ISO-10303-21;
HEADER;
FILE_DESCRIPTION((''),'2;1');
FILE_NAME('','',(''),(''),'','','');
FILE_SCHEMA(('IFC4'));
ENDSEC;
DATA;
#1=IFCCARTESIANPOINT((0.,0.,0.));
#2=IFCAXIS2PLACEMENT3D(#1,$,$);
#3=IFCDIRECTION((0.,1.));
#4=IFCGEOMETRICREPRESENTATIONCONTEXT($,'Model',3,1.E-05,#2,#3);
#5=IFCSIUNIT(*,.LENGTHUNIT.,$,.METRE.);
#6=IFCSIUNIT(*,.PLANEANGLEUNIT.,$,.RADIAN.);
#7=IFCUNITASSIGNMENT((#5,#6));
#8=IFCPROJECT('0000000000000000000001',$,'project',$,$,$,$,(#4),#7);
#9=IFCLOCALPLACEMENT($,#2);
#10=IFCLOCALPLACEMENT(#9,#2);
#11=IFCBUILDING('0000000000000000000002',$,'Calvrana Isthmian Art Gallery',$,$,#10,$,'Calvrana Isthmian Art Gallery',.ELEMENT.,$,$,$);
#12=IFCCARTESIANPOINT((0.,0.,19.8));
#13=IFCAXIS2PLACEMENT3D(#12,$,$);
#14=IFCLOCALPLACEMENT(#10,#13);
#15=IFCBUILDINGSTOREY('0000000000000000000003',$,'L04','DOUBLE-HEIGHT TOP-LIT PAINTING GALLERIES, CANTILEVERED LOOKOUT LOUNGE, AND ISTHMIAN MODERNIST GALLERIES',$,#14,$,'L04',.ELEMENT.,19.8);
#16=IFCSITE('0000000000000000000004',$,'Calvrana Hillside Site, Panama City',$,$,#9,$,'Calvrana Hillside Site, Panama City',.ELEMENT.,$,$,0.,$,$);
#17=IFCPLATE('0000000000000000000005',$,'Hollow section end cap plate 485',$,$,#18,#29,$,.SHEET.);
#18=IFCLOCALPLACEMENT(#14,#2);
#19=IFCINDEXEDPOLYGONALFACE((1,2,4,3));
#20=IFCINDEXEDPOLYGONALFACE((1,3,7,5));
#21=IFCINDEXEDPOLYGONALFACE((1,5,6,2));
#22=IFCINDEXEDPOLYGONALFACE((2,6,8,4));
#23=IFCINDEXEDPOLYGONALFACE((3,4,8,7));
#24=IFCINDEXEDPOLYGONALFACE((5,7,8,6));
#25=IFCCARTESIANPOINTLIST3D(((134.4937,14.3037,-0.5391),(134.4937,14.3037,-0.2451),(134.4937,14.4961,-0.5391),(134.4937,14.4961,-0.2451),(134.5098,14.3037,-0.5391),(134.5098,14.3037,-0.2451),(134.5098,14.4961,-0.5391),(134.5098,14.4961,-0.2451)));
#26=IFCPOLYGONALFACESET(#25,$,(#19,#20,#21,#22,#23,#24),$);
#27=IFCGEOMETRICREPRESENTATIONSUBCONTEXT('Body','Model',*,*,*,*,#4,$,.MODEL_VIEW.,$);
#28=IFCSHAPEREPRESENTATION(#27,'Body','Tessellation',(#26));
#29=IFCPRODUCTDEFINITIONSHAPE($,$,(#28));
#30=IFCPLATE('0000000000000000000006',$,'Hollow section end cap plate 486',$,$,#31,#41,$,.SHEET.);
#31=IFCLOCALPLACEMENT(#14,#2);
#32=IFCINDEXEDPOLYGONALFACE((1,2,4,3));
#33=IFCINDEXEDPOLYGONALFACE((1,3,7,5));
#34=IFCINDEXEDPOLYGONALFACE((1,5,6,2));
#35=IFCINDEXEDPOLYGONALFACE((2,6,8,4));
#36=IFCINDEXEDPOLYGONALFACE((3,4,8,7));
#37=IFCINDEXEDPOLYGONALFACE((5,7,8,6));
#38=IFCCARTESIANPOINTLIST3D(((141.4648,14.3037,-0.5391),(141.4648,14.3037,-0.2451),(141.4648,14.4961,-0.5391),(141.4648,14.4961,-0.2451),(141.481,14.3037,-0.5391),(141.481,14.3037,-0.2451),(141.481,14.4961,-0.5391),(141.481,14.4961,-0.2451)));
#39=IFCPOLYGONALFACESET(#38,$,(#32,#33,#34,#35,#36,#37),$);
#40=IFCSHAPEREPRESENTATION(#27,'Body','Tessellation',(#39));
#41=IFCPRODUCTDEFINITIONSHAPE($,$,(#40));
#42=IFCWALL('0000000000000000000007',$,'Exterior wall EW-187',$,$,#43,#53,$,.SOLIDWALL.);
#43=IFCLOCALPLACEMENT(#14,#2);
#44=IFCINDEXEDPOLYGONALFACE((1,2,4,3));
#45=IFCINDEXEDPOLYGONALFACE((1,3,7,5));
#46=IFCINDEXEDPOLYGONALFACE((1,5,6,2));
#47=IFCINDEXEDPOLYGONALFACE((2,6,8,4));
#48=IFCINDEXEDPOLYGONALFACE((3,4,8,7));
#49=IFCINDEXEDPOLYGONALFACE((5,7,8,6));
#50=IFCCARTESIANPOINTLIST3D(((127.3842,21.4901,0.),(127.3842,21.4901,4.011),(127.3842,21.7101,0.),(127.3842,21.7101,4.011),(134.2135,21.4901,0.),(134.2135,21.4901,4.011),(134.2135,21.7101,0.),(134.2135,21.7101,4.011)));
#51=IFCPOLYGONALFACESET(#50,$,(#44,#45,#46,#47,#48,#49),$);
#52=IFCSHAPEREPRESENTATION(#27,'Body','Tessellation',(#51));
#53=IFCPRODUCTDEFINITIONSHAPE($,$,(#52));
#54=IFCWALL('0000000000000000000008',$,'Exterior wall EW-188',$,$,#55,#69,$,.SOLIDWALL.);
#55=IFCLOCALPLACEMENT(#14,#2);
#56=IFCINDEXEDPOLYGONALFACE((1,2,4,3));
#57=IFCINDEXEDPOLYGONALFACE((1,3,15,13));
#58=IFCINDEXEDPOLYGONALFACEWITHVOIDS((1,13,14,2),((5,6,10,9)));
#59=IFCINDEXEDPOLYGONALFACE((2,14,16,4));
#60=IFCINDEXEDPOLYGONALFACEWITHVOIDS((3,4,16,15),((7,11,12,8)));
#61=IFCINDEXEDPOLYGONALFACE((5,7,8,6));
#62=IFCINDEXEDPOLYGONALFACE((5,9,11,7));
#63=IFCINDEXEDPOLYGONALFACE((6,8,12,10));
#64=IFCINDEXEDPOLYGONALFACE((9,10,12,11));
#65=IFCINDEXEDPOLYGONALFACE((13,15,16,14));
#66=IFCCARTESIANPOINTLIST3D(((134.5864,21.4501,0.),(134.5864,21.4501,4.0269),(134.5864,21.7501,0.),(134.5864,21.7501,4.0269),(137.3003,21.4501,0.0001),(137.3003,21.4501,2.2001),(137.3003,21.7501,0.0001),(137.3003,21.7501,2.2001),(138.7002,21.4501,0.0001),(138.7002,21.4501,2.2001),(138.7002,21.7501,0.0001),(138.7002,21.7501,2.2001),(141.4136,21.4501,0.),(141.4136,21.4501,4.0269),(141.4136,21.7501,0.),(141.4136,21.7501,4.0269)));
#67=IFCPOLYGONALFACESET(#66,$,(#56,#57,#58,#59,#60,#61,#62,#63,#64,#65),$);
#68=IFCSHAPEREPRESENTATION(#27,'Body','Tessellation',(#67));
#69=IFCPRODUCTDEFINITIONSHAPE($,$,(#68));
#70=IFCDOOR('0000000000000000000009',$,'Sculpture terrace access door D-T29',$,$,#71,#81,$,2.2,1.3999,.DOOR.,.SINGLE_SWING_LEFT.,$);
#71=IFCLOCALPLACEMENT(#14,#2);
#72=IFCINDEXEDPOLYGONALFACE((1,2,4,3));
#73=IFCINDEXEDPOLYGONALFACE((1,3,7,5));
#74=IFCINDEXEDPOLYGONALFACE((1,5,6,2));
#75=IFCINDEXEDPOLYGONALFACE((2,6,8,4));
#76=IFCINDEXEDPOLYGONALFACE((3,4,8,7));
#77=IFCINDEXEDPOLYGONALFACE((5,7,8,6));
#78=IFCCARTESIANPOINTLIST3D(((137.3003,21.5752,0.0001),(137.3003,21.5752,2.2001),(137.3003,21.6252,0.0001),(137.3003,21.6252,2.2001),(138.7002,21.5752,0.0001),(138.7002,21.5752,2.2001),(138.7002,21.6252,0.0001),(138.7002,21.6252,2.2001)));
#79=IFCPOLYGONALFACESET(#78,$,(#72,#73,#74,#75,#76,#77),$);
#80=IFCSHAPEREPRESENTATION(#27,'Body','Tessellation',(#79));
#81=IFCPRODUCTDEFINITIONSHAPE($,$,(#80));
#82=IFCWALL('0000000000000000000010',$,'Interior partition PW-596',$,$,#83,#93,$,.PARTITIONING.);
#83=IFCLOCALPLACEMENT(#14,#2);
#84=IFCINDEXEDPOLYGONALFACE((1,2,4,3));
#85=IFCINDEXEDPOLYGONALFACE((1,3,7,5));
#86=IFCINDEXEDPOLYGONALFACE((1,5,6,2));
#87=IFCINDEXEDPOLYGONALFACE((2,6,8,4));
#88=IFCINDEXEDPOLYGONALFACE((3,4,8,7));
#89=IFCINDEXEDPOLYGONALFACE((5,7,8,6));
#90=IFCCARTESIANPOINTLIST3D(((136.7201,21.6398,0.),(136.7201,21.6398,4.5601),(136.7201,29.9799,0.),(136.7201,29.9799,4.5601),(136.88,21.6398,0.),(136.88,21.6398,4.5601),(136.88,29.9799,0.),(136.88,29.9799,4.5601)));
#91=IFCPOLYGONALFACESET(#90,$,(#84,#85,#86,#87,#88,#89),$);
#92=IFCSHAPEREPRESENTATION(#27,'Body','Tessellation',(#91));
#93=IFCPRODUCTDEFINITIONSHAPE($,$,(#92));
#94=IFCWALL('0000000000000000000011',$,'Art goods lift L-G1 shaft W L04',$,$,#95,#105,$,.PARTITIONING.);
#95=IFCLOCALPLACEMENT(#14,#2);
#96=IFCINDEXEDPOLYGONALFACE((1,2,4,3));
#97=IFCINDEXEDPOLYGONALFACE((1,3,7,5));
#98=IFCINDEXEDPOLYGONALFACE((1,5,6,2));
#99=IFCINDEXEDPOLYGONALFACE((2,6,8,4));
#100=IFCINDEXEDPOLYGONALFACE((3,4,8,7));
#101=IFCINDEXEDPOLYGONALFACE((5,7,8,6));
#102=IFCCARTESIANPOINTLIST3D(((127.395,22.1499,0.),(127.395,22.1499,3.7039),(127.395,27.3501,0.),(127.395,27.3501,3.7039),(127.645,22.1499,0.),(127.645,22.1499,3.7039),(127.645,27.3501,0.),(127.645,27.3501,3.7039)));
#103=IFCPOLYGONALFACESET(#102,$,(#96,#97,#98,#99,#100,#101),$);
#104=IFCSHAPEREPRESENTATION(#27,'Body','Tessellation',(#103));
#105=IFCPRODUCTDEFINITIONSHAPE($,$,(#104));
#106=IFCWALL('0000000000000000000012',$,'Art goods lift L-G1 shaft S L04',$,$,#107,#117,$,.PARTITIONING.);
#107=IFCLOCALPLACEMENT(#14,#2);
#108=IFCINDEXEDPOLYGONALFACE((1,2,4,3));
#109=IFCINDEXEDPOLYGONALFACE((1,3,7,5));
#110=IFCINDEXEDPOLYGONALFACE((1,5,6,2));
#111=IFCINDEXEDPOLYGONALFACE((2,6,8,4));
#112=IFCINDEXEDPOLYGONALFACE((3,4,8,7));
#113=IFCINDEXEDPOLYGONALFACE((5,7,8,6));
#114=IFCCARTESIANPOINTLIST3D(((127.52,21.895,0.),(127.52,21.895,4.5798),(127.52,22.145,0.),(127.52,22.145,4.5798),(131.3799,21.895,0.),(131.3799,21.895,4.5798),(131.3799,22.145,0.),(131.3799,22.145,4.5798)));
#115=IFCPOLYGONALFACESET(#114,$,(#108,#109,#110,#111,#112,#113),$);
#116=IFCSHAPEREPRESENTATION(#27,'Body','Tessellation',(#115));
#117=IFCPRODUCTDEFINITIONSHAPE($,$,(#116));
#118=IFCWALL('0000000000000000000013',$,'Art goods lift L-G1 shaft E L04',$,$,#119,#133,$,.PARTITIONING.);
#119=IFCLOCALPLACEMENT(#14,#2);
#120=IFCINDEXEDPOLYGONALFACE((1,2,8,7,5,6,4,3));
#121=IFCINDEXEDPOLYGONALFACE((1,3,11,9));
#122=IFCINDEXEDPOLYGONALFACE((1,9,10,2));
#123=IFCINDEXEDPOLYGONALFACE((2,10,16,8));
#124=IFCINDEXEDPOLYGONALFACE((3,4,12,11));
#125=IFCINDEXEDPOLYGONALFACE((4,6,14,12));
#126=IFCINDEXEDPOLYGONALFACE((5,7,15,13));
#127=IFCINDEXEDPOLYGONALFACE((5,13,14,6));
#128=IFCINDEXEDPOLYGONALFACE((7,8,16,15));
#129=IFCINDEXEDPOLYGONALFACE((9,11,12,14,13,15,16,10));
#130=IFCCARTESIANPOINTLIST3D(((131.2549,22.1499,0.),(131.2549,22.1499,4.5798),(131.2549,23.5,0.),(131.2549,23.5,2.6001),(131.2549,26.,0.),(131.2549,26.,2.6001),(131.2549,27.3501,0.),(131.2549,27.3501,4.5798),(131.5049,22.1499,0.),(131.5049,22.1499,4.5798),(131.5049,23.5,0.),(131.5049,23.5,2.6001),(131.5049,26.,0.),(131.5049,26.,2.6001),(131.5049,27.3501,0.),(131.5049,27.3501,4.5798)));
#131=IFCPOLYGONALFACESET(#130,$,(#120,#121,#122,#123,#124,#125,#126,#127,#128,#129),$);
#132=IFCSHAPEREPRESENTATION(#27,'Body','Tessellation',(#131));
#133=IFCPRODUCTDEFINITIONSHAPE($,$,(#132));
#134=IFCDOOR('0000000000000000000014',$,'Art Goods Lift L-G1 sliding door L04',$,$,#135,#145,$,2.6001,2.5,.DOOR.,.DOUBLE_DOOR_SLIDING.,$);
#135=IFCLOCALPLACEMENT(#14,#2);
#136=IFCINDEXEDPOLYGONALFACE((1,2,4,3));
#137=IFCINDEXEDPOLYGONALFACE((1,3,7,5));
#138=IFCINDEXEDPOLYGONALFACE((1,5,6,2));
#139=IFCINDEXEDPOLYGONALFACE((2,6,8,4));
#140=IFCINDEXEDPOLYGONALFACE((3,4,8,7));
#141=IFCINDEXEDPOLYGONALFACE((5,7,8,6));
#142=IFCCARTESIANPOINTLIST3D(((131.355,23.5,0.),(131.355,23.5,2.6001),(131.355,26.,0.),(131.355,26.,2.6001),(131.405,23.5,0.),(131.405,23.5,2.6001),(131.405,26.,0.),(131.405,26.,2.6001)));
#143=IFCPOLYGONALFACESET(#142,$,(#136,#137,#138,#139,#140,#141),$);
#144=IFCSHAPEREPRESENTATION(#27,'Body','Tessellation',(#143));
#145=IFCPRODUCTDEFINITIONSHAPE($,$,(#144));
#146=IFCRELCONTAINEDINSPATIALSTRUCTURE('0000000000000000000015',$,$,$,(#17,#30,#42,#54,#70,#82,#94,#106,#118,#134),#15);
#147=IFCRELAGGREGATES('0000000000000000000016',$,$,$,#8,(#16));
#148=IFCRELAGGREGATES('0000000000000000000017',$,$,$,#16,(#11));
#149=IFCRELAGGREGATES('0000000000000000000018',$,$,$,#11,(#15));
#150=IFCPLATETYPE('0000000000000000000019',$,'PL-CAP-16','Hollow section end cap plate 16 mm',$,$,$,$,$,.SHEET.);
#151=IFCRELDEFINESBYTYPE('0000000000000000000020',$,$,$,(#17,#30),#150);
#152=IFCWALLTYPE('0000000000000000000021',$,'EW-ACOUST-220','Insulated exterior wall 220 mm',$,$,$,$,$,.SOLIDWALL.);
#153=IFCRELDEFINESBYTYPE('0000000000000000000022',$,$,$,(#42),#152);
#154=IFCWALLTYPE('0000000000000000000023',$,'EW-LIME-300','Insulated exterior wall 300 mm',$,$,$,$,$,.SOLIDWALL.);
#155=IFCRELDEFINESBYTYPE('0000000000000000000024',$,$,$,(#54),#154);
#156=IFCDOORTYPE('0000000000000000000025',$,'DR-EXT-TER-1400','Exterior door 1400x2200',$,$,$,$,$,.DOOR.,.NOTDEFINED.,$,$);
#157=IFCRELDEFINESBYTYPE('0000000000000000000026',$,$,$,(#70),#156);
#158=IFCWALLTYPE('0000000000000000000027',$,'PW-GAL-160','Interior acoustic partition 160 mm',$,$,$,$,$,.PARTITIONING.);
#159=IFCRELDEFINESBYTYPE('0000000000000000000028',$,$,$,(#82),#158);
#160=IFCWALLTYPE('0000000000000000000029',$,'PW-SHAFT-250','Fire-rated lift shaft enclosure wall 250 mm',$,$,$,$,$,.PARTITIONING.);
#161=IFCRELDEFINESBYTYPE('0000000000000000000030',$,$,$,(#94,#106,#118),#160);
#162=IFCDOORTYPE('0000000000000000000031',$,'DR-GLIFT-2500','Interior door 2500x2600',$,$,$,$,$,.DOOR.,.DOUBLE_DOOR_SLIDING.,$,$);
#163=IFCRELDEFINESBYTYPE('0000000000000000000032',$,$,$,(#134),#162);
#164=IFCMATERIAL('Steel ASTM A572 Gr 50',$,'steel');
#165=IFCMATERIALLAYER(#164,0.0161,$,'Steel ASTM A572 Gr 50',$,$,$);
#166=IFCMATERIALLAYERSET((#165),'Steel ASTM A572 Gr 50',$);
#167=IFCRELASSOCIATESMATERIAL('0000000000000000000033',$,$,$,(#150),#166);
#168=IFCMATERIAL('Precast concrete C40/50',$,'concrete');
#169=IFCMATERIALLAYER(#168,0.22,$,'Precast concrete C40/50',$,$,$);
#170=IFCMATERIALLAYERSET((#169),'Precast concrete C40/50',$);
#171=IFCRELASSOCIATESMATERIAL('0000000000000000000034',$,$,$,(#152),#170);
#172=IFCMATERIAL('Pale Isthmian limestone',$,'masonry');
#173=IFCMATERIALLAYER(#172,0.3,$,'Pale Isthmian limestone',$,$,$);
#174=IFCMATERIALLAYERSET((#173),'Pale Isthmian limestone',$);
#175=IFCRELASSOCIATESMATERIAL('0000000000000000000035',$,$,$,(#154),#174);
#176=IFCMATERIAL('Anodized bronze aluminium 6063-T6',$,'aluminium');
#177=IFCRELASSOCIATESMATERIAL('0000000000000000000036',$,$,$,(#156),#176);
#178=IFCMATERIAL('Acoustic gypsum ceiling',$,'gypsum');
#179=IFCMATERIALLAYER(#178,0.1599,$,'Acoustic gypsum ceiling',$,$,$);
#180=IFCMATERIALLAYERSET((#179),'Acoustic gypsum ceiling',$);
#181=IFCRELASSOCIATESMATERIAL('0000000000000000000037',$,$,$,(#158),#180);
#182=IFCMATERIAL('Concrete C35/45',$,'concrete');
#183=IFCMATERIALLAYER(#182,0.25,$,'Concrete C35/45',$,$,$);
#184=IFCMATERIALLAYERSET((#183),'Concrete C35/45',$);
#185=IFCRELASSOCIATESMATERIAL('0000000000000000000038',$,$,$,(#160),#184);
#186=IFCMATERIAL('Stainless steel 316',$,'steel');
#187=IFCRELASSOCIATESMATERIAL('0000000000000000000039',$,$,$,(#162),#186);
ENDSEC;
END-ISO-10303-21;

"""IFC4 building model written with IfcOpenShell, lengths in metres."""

from ifc_helpers import new_model, si_unit, direction, frame, frame_2d, origin, origin_2d, place, context, subcontext, project, spatial, rectangle, extrude, material, layer, layer_set, type_object, element, fill, save


model = new_model("IFC4")

# Units and contexts
model_context = context("Model", 3, precision=1e-05, world=origin(), true_north=direction((0.0, 1.0)))
body_context = subcontext(model_context, "Body", "Model", "MODEL_VIEW")
ifc_project = project(units=[si_unit("LENGTHUNIT", "METRE"), si_unit("PLANEANGLEUNIT", "RADIAN")], contexts=[model_context])

# Site, building, storey
site_placement = place(None, origin())
site = spatial("IfcSite", under=ifc_project, at=site_placement, Name="Calvrana Hillside Site, Panama City", LongName="Calvrana Hillside Site, Panama City", CompositionType="ELEMENT", RefElevation=0.0)
building_placement = place(site_placement, origin())
building = spatial("IfcBuilding", under=site, at=building_placement, Name="Calvrana Isthmian Art Gallery", LongName="Calvrana Isthmian Art Gallery", CompositionType="ELEMENT")
storey_placement = place(building_placement, frame((0.0, 0.0, 19.8)))
storey = spatial("IfcBuildingStorey", under=building, at=storey_placement, Name="L04", Description="DOUBLE-HEIGHT TOP-LIT PAINTING GALLERIES, CANTILEVERED LOOKOUT LOUNGE, AND ISTHMIAN MODERNIST GALLERIES", LongName="L04", CompositionType="ELEMENT", Elevation=19.8)

# Plates
ifc_material_1 = material(Name="Steel ASTM A572 Gr 50", Category="steel")
ifc_layer_1 = layer(ifc_material_1, 0.0161, Name="Steel ASTM A572 Gr 50")
ifc_layer_set_1 = layer_set([ifc_layer_1], Name="Steel ASTM A572 Gr 50")
plate_type = type_object("IfcPlateType", Name="PL-CAP-16", Description="Hollow section end cap plate 16 mm", PredefinedType="SHEET", material=ifc_layer_set_1)
for number, where, z_axis, x_axis, name in (
    (1, (134.5017, 14.3999, -0.5391), (0.0, 0.0, 1.0), (1.0, 0.0, 0.0), "Hollow section end cap plate 485"),
    (2, (141.4729, 14.3999, -0.5391), (0.0, 0.0, 1.0), (1.0, 0.0, 0.0), "Hollow section end cap plate 486"),
):
    element("IfcPlate", number, at=place(storey_placement, frame(where, z_axis=z_axis, x_axis=x_axis)), inside=storey, type_object=plate_type, Name=name, PredefinedType="SHEET", context=body_context, shape_type="SweptSolid", body=[
        extrude(rectangle(XDim=0.0161, YDim=0.1924, at=origin_2d()), origin(), (0.0, 0.0, 1.0), 0.2939),
    ])

# Wall
ifc_material_2 = material(Name="Precast concrete C40/50", Category="concrete")
ifc_layer_2 = layer(ifc_material_2, 0.22, Name="Precast concrete C40/50")
ifc_layer_set_2 = layer_set([ifc_layer_2], Name="Precast concrete C40/50")
wall_type_1 = type_object("IfcWallType", Name="EW-ACOUST-220", Description="Insulated exterior wall 220 mm", PredefinedType="SOLIDWALL", material=ifc_layer_set_2)
wall_1_placement = place(storey_placement, frame((134.2134, 21.6001, 0.0), z_axis=(0.0, 0.0, 1.0), x_axis=(-1.0, 0.0, 0.0)))
element("IfcWall", 3, at=wall_1_placement, inside=storey, type_object=wall_type_1, Name="Exterior wall EW-187", PredefinedType="SOLIDWALL", context=body_context, shape_type="SweptSolid", body=[
    extrude(rectangle(XDim=6.8293, YDim=0.22, at=frame_2d((3.4146, 0.0))), origin(), (0.0, 0.0, 1.0), 4.011),
])

# Wall, opening, door
ifc_material_3 = material(Name="Pale Isthmian limestone", Category="masonry")
ifc_layer_3 = layer(ifc_material_3, 0.3, Name="Pale Isthmian limestone")
ifc_layer_set_3 = layer_set([ifc_layer_3], Name="Pale Isthmian limestone")
wall_type_2 = type_object("IfcWallType", Name="EW-LIME-300", Description="Insulated exterior wall 300 mm", PredefinedType="SOLIDWALL", material=ifc_layer_set_3)
wall_2_placement = place(storey_placement, frame((141.4136, 21.6001, 0.0), z_axis=(0.0, 0.0, 1.0), x_axis=(-1.0, 0.0, 0.0)))
wall_2 = element("IfcWall", 4, at=wall_2_placement, inside=storey, type_object=wall_type_2, Name="Exterior wall EW-188", PredefinedType="SOLIDWALL", context=body_context, shape_type="SweptSolid", body=[
    extrude(rectangle(XDim=6.8271, YDim=0.3, at=frame_2d((3.4136, 0.0))), origin(), (0.0, 0.0, 1.0), 4.0269),
])
opening_1_placement = place(wall_2_placement, frame((2.7134, 0.0, 0.0)))
opening_1 = element("IfcOpeningElement", 5, at=opening_1_placement, cuts=wall_2, PredefinedType="OPENING", context=body_context, shape_type="SweptSolid", body=[
    extrude(rectangle(XDim=1.3999, YDim=2.2, at=frame_2d((0.7, 1.1001))), frame((0.0, 0.1602, 0.0), z_axis=(0.0, -1.0, 0.0), x_axis=(1.0, 0.0, 0.0)), (0.0, 0.0, 1.0), 0.3206),
])
ifc_material_4 = material(Name="Anodized bronze aluminium 6063-T6", Category="aluminium")
door_type_1 = type_object("IfcDoorType", Name="DR-EXT-TER-1400", Description="Exterior door 1400x2200", OperationType="NOTDEFINED", PredefinedType="DOOR", material=ifc_material_4)
door_1_placement = place(opening_1_placement, origin())
door_1 = element("IfcDoor", 6, at=door_1_placement, inside=storey, type_object=door_type_1, Name="Sculpture terrace access door D-T29", OperationType="SINGLE_SWING_LEFT", OverallHeight=2.2, OverallWidth=1.3999, PredefinedType="DOOR", context=body_context, shape_type="SweptSolid", body=[
    extrude(rectangle(XDim=1.3999, YDim=2.2, at=frame_2d((0.7, 1.1001))), frame((0.0, 0.0249, 0.0), z_axis=(0.0, -1.0, 0.0), x_axis=(1.0, 0.0, 0.0)), (0.0, 0.0, 1.0), 0.05),
])
fill(opening_1, door_1)

# Walls
ifc_material_5 = material(Name="Acoustic gypsum ceiling", Category="gypsum")
ifc_layer_4 = layer(ifc_material_5, 0.1599, Name="Acoustic gypsum ceiling")
ifc_layer_set_4 = layer_set([ifc_layer_4], Name="Acoustic gypsum ceiling")
wall_type_3 = type_object("IfcWallType", Name="PW-GAL-160", Description="Interior acoustic partition 160 mm", PredefinedType="PARTITIONING", material=ifc_layer_set_4)
wall_3_placement = place(storey_placement, frame((136.8, 21.6399, 0.0), z_axis=(0.0, 0.0, 1.0), x_axis=(0.0, 1.0, 0.0)))
element("IfcWall", 7, at=wall_3_placement, inside=storey, type_object=wall_type_3, Name="Interior partition PW-596", PredefinedType="PARTITIONING", context=body_context, shape_type="SweptSolid", body=[
    extrude(rectangle(XDim=8.3401, YDim=0.1599, at=frame_2d((4.1699, 0.0))), origin(), (0.0, 0.0, 1.0), 4.5601),
])
ifc_material_6 = material(Name="Concrete C35/45", Category="concrete")
ifc_layer_5 = layer(ifc_material_6, 0.25, Name="Concrete C35/45")
ifc_layer_set_5 = layer_set([ifc_layer_5], Name="Concrete C35/45")
wall_type_4 = type_object("IfcWallType", Name="PW-SHAFT-250", Description="Fire-rated lift shaft enclosure wall 250 mm", PredefinedType="PARTITIONING", material=ifc_layer_set_5)
wall_4_placement = place(storey_placement, frame((127.52, 22.1499, 0.0), z_axis=(0.0, 0.0, 1.0), x_axis=(0.0, 1.0, 0.0)))
element("IfcWall", 8, at=wall_4_placement, inside=storey, type_object=wall_type_4, Name="Art goods lift L-G1 shaft W L04", PredefinedType="PARTITIONING", context=body_context, shape_type="SweptSolid", body=[
    extrude(rectangle(XDim=5.2002, YDim=0.25, at=frame_2d((2.6001, 0.0))), origin(), (0.0, 0.0, 1.0), 3.7039),
])
wall_5_placement = place(storey_placement, frame((127.52, 22.02, 0.0), z_axis=(0.0, 0.0, 1.0), x_axis=(1.0, 0.0, 0.0)))
element("IfcWall", 9, at=wall_5_placement, inside=storey, type_object=wall_type_4, Name="Art goods lift L-G1 shaft S L04", PredefinedType="PARTITIONING", context=body_context, shape_type="SweptSolid", body=[
    extrude(rectangle(XDim=3.8599, YDim=0.25, at=frame_2d((1.9299, 0.0))), origin(), (0.0, 0.0, 1.0), 4.5798),
])

# Wall, opening, door
wall_6_placement = place(storey_placement, frame((131.3799, 22.1499, 0.0), z_axis=(0.0, 0.0, 1.0), x_axis=(0.0, 1.0, 0.0)))
wall_6 = element("IfcWall", 10, at=wall_6_placement, inside=storey, type_object=wall_type_4, Name="Art goods lift L-G1 shaft E L04", PredefinedType="PARTITIONING", context=body_context, shape_type="SweptSolid", body=[
    extrude(rectangle(XDim=5.2002, YDim=0.25, at=frame_2d((2.6001, 0.0))), origin(), (0.0, 0.0, 1.0), 4.5798),
])
opening_2_placement = place(wall_6_placement, frame((1.3501, 0.0, 0.0)))
opening_2 = element("IfcOpeningElement", 11, at=opening_2_placement, cuts=wall_6, PredefinedType="OPENING", context=body_context, shape_type="SweptSolid", body=[
    extrude(rectangle(XDim=2.5, YDim=2.6001, at=frame_2d((1.25, 1.3))), frame((0.0, 0.1353, 0.0), z_axis=(0.0, -1.0, 0.0), x_axis=(1.0, 0.0, 0.0)), (0.0, 0.0, 1.0), 0.2705),
])
ifc_material_7 = material(Name="Stainless steel 316", Category="steel")
door_type_2 = type_object("IfcDoorType", Name="DR-GLIFT-2500", Description="Interior door 2500x2600", OperationType="DOUBLE_DOOR_SLIDING", PredefinedType="DOOR", material=ifc_material_7)
door_2_placement = place(opening_2_placement, origin())
door_2 = element("IfcDoor", 12, at=door_2_placement, inside=storey, type_object=door_type_2, Name="Art Goods Lift L-G1 sliding door L04", OperationType="DOUBLE_DOOR_SLIDING", OverallHeight=2.6001, OverallWidth=2.5, PredefinedType="DOOR", context=body_context, shape_type="SweptSolid", body=[
    extrude(rectangle(XDim=2.5, YDim=2.6001, at=frame_2d((1.25, 1.3))), frame((0.0, 0.0249, 0.0), z_axis=(0.0, -1.0, 0.0), x_axis=(1.0, 0.0, 0.0)), (0.0, 0.0, 1.0), 0.05),
])
fill(opening_2, door_2)

save(model, "model.ifc")
